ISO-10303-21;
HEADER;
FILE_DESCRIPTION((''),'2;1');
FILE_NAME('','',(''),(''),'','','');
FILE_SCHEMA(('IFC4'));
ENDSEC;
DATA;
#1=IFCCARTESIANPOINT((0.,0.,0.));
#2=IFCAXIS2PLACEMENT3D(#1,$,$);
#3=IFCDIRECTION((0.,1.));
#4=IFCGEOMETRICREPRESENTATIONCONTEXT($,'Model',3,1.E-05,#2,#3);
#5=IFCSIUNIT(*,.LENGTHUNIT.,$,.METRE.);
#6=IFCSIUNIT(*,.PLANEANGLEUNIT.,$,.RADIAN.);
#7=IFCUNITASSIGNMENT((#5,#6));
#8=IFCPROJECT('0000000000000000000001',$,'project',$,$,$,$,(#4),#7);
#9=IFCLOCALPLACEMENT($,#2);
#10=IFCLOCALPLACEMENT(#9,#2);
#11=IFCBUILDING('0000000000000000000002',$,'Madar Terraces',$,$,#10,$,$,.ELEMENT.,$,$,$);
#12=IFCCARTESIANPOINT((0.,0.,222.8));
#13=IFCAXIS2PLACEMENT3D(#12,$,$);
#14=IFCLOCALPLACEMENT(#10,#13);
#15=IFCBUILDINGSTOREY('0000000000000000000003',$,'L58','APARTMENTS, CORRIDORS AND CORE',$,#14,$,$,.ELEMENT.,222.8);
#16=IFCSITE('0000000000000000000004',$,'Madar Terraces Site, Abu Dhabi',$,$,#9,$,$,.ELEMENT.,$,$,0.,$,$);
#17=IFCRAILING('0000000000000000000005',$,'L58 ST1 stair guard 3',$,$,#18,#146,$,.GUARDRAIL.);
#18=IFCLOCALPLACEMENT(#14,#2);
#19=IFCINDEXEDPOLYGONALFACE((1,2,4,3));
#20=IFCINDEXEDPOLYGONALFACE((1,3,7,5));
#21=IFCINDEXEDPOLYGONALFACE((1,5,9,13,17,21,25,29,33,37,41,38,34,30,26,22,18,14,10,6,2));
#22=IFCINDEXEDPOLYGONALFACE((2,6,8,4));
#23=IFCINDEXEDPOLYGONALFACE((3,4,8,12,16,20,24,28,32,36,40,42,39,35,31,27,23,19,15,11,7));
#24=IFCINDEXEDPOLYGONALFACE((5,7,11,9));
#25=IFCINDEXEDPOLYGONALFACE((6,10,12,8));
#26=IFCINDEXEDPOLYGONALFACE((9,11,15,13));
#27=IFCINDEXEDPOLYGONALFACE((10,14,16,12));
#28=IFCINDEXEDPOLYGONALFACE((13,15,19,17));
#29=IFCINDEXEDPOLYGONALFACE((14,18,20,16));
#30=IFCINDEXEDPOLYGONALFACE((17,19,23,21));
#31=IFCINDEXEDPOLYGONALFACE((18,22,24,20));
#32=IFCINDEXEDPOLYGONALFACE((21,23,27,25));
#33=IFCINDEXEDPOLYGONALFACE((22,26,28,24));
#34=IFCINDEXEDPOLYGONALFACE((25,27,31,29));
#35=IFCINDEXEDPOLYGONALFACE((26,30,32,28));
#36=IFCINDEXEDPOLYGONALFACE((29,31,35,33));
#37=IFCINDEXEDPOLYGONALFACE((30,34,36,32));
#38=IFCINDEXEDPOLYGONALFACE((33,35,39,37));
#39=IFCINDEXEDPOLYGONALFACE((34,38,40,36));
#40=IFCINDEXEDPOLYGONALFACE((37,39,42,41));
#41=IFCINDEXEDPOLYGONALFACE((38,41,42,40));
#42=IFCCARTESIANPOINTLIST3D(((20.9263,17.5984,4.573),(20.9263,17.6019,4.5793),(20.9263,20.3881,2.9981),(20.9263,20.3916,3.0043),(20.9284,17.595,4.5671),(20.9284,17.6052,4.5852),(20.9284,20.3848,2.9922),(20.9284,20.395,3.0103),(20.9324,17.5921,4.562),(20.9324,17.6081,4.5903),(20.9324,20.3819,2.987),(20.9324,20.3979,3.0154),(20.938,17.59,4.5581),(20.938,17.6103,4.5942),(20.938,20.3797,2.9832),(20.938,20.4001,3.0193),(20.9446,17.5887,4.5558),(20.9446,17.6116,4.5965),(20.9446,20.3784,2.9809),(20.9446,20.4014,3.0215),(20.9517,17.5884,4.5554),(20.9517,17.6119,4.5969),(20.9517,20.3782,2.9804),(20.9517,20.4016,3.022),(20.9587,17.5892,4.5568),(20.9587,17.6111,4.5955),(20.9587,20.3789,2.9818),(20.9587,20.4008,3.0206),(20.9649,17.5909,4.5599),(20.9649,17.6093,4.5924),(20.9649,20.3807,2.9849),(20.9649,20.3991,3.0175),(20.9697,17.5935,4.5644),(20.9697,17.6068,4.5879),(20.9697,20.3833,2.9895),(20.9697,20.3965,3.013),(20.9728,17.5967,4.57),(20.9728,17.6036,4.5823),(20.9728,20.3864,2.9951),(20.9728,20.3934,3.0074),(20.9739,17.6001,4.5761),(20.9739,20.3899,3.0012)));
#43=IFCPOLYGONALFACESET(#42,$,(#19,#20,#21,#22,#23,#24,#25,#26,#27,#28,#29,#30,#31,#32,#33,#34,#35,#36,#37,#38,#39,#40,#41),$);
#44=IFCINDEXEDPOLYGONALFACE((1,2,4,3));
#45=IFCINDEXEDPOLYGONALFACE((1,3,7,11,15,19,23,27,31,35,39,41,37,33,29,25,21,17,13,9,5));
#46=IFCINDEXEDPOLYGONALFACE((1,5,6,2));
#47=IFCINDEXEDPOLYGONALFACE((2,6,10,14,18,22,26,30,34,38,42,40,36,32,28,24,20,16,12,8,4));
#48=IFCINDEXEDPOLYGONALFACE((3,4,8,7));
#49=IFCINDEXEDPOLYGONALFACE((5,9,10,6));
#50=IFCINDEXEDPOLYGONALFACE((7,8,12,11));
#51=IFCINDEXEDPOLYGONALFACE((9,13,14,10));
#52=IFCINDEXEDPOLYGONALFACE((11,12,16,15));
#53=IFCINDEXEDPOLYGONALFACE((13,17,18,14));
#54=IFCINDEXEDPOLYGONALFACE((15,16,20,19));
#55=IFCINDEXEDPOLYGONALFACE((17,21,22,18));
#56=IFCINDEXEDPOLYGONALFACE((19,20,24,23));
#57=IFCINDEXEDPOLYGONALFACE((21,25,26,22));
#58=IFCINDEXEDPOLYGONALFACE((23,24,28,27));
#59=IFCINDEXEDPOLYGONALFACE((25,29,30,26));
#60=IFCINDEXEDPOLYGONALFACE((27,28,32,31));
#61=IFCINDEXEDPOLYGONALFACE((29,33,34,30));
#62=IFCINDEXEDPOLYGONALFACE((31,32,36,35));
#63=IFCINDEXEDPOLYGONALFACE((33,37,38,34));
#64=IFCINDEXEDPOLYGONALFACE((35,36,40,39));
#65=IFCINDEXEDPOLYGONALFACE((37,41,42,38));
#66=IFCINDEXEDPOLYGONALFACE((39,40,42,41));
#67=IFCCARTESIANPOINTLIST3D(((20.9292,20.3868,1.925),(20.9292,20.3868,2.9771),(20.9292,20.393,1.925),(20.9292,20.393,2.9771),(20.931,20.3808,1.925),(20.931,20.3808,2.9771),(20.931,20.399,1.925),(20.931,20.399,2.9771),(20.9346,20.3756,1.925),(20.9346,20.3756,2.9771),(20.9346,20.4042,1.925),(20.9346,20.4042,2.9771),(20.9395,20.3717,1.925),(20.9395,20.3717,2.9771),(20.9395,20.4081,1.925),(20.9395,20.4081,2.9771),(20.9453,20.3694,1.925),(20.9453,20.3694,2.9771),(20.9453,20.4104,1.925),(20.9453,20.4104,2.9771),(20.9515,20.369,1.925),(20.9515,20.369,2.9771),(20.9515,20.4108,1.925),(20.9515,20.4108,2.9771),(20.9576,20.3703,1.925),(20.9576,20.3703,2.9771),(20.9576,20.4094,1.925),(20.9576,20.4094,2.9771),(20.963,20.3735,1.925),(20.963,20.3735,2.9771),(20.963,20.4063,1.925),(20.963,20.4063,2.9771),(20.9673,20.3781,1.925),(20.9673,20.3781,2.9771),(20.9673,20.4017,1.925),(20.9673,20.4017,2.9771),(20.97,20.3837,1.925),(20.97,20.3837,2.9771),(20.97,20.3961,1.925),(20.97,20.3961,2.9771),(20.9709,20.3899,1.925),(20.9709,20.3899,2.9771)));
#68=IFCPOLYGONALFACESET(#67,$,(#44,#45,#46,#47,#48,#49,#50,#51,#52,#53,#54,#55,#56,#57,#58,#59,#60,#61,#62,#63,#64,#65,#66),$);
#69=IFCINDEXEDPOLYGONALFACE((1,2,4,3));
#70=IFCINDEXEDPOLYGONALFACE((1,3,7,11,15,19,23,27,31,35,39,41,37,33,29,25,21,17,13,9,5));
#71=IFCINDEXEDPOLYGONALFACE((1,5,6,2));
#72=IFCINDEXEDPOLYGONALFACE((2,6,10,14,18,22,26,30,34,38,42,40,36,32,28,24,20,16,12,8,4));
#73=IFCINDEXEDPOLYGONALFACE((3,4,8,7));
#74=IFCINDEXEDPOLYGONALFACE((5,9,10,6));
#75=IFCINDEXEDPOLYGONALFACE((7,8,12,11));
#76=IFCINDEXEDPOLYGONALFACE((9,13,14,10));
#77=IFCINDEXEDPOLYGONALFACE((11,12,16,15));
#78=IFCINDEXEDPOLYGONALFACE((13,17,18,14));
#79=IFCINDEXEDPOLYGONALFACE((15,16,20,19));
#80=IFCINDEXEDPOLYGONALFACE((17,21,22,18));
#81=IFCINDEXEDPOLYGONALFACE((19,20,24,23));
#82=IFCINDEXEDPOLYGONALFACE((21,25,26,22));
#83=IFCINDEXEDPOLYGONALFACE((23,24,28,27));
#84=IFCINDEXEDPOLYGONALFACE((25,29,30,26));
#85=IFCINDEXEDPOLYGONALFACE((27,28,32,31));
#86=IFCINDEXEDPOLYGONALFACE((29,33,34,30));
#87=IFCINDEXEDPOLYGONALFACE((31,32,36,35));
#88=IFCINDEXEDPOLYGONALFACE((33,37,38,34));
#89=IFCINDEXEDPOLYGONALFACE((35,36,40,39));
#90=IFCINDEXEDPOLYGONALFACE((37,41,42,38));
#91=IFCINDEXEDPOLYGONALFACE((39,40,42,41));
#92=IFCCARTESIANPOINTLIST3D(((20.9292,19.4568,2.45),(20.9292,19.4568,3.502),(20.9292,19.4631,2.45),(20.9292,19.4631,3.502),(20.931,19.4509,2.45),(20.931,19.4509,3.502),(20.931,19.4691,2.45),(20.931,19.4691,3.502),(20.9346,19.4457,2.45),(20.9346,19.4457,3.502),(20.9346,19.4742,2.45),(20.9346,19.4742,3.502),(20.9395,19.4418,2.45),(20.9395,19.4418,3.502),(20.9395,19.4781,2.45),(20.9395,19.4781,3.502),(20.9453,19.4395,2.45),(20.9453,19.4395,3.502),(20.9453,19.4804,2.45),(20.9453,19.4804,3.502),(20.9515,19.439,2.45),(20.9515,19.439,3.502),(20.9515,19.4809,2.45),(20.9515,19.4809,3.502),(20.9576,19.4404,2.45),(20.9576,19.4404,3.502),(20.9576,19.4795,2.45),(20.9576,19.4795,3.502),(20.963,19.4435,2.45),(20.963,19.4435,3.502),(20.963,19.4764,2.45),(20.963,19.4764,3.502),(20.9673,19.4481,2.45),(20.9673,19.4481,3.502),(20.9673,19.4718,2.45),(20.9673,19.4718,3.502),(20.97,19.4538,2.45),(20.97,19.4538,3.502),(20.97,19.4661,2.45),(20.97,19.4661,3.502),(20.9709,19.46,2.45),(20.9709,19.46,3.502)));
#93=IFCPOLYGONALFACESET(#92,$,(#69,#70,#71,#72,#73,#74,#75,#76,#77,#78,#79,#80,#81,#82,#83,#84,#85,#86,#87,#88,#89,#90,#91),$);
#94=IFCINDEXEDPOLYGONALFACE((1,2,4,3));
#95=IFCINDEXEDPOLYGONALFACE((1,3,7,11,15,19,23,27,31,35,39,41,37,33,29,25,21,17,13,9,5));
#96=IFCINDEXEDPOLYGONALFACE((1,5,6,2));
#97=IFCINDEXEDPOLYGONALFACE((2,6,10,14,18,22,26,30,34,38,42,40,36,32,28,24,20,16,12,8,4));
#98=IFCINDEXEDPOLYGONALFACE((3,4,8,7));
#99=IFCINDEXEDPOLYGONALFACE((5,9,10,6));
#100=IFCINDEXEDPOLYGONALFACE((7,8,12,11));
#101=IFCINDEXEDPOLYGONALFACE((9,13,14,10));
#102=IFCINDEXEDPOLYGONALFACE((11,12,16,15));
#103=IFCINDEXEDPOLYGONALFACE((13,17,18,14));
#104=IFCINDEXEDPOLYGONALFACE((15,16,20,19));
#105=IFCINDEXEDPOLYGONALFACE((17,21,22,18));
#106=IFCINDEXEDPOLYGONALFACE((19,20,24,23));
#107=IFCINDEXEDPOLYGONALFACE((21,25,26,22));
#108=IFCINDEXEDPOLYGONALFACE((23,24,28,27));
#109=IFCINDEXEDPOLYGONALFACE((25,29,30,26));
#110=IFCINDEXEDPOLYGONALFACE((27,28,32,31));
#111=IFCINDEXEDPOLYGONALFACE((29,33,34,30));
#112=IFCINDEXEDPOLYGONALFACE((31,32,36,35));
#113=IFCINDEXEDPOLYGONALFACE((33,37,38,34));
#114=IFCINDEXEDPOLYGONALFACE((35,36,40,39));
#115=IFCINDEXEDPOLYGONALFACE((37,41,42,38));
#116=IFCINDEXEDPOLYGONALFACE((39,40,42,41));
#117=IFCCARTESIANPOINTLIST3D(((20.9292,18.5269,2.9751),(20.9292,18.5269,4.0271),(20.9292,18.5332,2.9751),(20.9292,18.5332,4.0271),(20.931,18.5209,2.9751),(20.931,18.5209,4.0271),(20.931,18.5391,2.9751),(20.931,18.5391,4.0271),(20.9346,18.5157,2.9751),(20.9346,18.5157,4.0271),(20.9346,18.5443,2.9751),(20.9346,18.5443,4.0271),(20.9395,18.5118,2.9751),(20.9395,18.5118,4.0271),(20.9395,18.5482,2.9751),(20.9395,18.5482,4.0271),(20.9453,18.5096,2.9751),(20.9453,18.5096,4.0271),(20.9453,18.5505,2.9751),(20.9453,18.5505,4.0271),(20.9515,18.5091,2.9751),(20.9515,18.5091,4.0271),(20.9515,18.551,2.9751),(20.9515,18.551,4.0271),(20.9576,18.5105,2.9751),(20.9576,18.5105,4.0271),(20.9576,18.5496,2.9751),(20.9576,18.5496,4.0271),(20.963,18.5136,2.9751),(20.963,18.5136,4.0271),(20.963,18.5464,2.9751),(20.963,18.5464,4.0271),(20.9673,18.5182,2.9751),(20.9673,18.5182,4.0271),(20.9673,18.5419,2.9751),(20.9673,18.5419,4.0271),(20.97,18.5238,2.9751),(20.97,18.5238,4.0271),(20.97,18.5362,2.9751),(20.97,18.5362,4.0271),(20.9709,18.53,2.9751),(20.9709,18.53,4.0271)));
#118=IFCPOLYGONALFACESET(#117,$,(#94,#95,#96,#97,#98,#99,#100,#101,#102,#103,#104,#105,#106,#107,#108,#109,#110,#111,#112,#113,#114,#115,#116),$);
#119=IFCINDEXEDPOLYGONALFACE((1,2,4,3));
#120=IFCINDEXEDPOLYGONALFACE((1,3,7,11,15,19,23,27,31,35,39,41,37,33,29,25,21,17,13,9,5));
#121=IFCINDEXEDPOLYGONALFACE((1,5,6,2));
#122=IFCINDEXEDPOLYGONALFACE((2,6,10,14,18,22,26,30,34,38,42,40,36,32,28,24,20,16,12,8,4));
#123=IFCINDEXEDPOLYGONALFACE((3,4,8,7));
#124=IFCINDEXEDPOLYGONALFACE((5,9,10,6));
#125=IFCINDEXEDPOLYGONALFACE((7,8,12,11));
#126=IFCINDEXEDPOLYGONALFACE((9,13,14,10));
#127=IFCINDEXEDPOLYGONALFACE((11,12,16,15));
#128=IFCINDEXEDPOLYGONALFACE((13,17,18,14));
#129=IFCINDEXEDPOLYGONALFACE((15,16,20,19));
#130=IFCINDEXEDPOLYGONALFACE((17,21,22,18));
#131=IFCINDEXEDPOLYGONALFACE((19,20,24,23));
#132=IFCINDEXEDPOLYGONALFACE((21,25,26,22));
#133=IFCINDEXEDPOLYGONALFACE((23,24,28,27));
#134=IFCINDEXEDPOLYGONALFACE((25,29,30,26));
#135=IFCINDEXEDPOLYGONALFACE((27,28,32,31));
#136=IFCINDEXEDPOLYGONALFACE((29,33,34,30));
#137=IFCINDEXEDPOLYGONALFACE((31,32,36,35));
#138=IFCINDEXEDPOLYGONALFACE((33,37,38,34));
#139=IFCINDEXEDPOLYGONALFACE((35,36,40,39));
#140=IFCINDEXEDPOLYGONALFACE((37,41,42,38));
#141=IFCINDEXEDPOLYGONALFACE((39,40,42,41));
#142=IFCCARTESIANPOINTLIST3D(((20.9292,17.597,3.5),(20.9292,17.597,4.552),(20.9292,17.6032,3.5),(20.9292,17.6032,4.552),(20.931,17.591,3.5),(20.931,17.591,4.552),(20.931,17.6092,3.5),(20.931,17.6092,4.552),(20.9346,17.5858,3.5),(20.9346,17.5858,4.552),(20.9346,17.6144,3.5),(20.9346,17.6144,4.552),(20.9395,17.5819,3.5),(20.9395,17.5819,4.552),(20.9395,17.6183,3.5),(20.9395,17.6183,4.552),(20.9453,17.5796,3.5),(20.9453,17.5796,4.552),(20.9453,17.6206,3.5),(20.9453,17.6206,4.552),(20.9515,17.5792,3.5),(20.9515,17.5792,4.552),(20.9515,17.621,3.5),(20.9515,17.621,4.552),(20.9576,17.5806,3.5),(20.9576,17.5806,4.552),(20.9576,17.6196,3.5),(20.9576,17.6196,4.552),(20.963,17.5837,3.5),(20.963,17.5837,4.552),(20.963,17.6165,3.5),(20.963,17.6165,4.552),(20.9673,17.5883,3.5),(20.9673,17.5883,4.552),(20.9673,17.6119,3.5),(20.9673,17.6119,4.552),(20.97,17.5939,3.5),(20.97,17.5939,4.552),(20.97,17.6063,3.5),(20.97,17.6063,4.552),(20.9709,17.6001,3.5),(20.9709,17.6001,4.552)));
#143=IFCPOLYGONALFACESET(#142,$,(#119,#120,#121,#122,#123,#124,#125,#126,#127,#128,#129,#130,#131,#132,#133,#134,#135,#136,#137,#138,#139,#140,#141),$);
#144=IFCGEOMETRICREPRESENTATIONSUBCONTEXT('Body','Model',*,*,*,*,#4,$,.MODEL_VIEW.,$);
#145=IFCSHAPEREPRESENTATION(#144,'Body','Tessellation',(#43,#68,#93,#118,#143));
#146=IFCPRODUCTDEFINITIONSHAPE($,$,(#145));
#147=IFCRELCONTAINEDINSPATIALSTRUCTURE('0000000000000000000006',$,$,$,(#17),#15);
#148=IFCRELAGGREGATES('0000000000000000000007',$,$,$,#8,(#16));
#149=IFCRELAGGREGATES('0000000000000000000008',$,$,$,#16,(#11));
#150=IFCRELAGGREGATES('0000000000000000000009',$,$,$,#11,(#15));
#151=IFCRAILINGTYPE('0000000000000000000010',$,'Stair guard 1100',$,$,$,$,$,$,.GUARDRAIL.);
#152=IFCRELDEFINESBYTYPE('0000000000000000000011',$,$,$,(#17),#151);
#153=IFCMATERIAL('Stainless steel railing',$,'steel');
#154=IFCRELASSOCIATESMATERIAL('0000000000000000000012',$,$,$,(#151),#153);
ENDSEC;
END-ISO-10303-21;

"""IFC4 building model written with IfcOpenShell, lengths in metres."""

from ifc_helpers import new_model, si_unit, direction, frame, origin, origin_2d, place, context, subcontext, project, spatial, circle, extrude, material, type_object, element, save


model = new_model("IFC4")

# Units and contexts
model_context = context("Model", 3, precision=1e-05, world=origin(), true_north=direction((0.0, 1.0)))
body_context = subcontext(model_context, "Body", "Model", "MODEL_VIEW")
ifc_project = project(units=[si_unit("LENGTHUNIT", "METRE"), si_unit("PLANEANGLEUNIT", "RADIAN")], contexts=[model_context])

# Site, building, storey
site_placement = place(None, origin())
site = spatial("IfcSite", under=ifc_project, at=site_placement, Name="Madar Terraces Site, Abu Dhabi", CompositionType="ELEMENT", RefElevation=0.0)
building_placement = place(site_placement, origin())
building = spatial("IfcBuilding", under=site, at=building_placement, Name="Madar Terraces", CompositionType="ELEMENT")
storey_placement = place(building_placement, frame((0.0, 0.0, 222.8)))
storey = spatial("IfcBuildingStorey", under=building, at=storey_placement, Name="L58", Description="APARTMENTS, CORRIDORS AND CORE", CompositionType="ELEMENT", Elevation=222.8)

# Railing
ifc_material_1 = material(Name="Stainless steel railing", Category="steel")
railing_type_1 = type_object("IfcRailingType", Name="Stair guard 1100", PredefinedType="GUARDRAIL", material=ifc_material_1)
railing_1_placement = place(storey_placement, frame((20.95, 20.3899, 1.925)))
element("IfcRailing", 1, at=railing_1_placement, inside=storey, type_object=railing_type_1, Name="L58 ST1 stair guard 3", PredefinedType="GUARDRAIL", context=body_context, shape_type="SweptSolid", body=[
    extrude(circle(Radius=0.0239, at=origin_2d()), frame((0.0, 0.0, 1.0762), z_axis=(0.0, -0.870815, 0.49161), x_axis=(1.0, 0.0, 0.0)), (0.0, 0.0, 1.0), 3.2036),
    extrude(circle(Radius=0.021, at=origin_2d()), origin(), (0.0, 0.0, 1.0), 1.052),
    extrude(circle(Radius=0.021, at=origin_2d()), frame((0.0, -0.9299, 0.5249)), (0.0, 0.0, 1.0), 1.052),
    extrude(circle(Radius=0.021, at=origin_2d()), frame((0.0, -1.8599, 1.05)), (0.0, 0.0, 1.0), 1.052),
    extrude(circle(Radius=0.021, at=origin_2d()), frame((0.0, -2.7898, 1.575)), (0.0, 0.0, 1.0), 1.052),
])

save(model, "model.ifc")
